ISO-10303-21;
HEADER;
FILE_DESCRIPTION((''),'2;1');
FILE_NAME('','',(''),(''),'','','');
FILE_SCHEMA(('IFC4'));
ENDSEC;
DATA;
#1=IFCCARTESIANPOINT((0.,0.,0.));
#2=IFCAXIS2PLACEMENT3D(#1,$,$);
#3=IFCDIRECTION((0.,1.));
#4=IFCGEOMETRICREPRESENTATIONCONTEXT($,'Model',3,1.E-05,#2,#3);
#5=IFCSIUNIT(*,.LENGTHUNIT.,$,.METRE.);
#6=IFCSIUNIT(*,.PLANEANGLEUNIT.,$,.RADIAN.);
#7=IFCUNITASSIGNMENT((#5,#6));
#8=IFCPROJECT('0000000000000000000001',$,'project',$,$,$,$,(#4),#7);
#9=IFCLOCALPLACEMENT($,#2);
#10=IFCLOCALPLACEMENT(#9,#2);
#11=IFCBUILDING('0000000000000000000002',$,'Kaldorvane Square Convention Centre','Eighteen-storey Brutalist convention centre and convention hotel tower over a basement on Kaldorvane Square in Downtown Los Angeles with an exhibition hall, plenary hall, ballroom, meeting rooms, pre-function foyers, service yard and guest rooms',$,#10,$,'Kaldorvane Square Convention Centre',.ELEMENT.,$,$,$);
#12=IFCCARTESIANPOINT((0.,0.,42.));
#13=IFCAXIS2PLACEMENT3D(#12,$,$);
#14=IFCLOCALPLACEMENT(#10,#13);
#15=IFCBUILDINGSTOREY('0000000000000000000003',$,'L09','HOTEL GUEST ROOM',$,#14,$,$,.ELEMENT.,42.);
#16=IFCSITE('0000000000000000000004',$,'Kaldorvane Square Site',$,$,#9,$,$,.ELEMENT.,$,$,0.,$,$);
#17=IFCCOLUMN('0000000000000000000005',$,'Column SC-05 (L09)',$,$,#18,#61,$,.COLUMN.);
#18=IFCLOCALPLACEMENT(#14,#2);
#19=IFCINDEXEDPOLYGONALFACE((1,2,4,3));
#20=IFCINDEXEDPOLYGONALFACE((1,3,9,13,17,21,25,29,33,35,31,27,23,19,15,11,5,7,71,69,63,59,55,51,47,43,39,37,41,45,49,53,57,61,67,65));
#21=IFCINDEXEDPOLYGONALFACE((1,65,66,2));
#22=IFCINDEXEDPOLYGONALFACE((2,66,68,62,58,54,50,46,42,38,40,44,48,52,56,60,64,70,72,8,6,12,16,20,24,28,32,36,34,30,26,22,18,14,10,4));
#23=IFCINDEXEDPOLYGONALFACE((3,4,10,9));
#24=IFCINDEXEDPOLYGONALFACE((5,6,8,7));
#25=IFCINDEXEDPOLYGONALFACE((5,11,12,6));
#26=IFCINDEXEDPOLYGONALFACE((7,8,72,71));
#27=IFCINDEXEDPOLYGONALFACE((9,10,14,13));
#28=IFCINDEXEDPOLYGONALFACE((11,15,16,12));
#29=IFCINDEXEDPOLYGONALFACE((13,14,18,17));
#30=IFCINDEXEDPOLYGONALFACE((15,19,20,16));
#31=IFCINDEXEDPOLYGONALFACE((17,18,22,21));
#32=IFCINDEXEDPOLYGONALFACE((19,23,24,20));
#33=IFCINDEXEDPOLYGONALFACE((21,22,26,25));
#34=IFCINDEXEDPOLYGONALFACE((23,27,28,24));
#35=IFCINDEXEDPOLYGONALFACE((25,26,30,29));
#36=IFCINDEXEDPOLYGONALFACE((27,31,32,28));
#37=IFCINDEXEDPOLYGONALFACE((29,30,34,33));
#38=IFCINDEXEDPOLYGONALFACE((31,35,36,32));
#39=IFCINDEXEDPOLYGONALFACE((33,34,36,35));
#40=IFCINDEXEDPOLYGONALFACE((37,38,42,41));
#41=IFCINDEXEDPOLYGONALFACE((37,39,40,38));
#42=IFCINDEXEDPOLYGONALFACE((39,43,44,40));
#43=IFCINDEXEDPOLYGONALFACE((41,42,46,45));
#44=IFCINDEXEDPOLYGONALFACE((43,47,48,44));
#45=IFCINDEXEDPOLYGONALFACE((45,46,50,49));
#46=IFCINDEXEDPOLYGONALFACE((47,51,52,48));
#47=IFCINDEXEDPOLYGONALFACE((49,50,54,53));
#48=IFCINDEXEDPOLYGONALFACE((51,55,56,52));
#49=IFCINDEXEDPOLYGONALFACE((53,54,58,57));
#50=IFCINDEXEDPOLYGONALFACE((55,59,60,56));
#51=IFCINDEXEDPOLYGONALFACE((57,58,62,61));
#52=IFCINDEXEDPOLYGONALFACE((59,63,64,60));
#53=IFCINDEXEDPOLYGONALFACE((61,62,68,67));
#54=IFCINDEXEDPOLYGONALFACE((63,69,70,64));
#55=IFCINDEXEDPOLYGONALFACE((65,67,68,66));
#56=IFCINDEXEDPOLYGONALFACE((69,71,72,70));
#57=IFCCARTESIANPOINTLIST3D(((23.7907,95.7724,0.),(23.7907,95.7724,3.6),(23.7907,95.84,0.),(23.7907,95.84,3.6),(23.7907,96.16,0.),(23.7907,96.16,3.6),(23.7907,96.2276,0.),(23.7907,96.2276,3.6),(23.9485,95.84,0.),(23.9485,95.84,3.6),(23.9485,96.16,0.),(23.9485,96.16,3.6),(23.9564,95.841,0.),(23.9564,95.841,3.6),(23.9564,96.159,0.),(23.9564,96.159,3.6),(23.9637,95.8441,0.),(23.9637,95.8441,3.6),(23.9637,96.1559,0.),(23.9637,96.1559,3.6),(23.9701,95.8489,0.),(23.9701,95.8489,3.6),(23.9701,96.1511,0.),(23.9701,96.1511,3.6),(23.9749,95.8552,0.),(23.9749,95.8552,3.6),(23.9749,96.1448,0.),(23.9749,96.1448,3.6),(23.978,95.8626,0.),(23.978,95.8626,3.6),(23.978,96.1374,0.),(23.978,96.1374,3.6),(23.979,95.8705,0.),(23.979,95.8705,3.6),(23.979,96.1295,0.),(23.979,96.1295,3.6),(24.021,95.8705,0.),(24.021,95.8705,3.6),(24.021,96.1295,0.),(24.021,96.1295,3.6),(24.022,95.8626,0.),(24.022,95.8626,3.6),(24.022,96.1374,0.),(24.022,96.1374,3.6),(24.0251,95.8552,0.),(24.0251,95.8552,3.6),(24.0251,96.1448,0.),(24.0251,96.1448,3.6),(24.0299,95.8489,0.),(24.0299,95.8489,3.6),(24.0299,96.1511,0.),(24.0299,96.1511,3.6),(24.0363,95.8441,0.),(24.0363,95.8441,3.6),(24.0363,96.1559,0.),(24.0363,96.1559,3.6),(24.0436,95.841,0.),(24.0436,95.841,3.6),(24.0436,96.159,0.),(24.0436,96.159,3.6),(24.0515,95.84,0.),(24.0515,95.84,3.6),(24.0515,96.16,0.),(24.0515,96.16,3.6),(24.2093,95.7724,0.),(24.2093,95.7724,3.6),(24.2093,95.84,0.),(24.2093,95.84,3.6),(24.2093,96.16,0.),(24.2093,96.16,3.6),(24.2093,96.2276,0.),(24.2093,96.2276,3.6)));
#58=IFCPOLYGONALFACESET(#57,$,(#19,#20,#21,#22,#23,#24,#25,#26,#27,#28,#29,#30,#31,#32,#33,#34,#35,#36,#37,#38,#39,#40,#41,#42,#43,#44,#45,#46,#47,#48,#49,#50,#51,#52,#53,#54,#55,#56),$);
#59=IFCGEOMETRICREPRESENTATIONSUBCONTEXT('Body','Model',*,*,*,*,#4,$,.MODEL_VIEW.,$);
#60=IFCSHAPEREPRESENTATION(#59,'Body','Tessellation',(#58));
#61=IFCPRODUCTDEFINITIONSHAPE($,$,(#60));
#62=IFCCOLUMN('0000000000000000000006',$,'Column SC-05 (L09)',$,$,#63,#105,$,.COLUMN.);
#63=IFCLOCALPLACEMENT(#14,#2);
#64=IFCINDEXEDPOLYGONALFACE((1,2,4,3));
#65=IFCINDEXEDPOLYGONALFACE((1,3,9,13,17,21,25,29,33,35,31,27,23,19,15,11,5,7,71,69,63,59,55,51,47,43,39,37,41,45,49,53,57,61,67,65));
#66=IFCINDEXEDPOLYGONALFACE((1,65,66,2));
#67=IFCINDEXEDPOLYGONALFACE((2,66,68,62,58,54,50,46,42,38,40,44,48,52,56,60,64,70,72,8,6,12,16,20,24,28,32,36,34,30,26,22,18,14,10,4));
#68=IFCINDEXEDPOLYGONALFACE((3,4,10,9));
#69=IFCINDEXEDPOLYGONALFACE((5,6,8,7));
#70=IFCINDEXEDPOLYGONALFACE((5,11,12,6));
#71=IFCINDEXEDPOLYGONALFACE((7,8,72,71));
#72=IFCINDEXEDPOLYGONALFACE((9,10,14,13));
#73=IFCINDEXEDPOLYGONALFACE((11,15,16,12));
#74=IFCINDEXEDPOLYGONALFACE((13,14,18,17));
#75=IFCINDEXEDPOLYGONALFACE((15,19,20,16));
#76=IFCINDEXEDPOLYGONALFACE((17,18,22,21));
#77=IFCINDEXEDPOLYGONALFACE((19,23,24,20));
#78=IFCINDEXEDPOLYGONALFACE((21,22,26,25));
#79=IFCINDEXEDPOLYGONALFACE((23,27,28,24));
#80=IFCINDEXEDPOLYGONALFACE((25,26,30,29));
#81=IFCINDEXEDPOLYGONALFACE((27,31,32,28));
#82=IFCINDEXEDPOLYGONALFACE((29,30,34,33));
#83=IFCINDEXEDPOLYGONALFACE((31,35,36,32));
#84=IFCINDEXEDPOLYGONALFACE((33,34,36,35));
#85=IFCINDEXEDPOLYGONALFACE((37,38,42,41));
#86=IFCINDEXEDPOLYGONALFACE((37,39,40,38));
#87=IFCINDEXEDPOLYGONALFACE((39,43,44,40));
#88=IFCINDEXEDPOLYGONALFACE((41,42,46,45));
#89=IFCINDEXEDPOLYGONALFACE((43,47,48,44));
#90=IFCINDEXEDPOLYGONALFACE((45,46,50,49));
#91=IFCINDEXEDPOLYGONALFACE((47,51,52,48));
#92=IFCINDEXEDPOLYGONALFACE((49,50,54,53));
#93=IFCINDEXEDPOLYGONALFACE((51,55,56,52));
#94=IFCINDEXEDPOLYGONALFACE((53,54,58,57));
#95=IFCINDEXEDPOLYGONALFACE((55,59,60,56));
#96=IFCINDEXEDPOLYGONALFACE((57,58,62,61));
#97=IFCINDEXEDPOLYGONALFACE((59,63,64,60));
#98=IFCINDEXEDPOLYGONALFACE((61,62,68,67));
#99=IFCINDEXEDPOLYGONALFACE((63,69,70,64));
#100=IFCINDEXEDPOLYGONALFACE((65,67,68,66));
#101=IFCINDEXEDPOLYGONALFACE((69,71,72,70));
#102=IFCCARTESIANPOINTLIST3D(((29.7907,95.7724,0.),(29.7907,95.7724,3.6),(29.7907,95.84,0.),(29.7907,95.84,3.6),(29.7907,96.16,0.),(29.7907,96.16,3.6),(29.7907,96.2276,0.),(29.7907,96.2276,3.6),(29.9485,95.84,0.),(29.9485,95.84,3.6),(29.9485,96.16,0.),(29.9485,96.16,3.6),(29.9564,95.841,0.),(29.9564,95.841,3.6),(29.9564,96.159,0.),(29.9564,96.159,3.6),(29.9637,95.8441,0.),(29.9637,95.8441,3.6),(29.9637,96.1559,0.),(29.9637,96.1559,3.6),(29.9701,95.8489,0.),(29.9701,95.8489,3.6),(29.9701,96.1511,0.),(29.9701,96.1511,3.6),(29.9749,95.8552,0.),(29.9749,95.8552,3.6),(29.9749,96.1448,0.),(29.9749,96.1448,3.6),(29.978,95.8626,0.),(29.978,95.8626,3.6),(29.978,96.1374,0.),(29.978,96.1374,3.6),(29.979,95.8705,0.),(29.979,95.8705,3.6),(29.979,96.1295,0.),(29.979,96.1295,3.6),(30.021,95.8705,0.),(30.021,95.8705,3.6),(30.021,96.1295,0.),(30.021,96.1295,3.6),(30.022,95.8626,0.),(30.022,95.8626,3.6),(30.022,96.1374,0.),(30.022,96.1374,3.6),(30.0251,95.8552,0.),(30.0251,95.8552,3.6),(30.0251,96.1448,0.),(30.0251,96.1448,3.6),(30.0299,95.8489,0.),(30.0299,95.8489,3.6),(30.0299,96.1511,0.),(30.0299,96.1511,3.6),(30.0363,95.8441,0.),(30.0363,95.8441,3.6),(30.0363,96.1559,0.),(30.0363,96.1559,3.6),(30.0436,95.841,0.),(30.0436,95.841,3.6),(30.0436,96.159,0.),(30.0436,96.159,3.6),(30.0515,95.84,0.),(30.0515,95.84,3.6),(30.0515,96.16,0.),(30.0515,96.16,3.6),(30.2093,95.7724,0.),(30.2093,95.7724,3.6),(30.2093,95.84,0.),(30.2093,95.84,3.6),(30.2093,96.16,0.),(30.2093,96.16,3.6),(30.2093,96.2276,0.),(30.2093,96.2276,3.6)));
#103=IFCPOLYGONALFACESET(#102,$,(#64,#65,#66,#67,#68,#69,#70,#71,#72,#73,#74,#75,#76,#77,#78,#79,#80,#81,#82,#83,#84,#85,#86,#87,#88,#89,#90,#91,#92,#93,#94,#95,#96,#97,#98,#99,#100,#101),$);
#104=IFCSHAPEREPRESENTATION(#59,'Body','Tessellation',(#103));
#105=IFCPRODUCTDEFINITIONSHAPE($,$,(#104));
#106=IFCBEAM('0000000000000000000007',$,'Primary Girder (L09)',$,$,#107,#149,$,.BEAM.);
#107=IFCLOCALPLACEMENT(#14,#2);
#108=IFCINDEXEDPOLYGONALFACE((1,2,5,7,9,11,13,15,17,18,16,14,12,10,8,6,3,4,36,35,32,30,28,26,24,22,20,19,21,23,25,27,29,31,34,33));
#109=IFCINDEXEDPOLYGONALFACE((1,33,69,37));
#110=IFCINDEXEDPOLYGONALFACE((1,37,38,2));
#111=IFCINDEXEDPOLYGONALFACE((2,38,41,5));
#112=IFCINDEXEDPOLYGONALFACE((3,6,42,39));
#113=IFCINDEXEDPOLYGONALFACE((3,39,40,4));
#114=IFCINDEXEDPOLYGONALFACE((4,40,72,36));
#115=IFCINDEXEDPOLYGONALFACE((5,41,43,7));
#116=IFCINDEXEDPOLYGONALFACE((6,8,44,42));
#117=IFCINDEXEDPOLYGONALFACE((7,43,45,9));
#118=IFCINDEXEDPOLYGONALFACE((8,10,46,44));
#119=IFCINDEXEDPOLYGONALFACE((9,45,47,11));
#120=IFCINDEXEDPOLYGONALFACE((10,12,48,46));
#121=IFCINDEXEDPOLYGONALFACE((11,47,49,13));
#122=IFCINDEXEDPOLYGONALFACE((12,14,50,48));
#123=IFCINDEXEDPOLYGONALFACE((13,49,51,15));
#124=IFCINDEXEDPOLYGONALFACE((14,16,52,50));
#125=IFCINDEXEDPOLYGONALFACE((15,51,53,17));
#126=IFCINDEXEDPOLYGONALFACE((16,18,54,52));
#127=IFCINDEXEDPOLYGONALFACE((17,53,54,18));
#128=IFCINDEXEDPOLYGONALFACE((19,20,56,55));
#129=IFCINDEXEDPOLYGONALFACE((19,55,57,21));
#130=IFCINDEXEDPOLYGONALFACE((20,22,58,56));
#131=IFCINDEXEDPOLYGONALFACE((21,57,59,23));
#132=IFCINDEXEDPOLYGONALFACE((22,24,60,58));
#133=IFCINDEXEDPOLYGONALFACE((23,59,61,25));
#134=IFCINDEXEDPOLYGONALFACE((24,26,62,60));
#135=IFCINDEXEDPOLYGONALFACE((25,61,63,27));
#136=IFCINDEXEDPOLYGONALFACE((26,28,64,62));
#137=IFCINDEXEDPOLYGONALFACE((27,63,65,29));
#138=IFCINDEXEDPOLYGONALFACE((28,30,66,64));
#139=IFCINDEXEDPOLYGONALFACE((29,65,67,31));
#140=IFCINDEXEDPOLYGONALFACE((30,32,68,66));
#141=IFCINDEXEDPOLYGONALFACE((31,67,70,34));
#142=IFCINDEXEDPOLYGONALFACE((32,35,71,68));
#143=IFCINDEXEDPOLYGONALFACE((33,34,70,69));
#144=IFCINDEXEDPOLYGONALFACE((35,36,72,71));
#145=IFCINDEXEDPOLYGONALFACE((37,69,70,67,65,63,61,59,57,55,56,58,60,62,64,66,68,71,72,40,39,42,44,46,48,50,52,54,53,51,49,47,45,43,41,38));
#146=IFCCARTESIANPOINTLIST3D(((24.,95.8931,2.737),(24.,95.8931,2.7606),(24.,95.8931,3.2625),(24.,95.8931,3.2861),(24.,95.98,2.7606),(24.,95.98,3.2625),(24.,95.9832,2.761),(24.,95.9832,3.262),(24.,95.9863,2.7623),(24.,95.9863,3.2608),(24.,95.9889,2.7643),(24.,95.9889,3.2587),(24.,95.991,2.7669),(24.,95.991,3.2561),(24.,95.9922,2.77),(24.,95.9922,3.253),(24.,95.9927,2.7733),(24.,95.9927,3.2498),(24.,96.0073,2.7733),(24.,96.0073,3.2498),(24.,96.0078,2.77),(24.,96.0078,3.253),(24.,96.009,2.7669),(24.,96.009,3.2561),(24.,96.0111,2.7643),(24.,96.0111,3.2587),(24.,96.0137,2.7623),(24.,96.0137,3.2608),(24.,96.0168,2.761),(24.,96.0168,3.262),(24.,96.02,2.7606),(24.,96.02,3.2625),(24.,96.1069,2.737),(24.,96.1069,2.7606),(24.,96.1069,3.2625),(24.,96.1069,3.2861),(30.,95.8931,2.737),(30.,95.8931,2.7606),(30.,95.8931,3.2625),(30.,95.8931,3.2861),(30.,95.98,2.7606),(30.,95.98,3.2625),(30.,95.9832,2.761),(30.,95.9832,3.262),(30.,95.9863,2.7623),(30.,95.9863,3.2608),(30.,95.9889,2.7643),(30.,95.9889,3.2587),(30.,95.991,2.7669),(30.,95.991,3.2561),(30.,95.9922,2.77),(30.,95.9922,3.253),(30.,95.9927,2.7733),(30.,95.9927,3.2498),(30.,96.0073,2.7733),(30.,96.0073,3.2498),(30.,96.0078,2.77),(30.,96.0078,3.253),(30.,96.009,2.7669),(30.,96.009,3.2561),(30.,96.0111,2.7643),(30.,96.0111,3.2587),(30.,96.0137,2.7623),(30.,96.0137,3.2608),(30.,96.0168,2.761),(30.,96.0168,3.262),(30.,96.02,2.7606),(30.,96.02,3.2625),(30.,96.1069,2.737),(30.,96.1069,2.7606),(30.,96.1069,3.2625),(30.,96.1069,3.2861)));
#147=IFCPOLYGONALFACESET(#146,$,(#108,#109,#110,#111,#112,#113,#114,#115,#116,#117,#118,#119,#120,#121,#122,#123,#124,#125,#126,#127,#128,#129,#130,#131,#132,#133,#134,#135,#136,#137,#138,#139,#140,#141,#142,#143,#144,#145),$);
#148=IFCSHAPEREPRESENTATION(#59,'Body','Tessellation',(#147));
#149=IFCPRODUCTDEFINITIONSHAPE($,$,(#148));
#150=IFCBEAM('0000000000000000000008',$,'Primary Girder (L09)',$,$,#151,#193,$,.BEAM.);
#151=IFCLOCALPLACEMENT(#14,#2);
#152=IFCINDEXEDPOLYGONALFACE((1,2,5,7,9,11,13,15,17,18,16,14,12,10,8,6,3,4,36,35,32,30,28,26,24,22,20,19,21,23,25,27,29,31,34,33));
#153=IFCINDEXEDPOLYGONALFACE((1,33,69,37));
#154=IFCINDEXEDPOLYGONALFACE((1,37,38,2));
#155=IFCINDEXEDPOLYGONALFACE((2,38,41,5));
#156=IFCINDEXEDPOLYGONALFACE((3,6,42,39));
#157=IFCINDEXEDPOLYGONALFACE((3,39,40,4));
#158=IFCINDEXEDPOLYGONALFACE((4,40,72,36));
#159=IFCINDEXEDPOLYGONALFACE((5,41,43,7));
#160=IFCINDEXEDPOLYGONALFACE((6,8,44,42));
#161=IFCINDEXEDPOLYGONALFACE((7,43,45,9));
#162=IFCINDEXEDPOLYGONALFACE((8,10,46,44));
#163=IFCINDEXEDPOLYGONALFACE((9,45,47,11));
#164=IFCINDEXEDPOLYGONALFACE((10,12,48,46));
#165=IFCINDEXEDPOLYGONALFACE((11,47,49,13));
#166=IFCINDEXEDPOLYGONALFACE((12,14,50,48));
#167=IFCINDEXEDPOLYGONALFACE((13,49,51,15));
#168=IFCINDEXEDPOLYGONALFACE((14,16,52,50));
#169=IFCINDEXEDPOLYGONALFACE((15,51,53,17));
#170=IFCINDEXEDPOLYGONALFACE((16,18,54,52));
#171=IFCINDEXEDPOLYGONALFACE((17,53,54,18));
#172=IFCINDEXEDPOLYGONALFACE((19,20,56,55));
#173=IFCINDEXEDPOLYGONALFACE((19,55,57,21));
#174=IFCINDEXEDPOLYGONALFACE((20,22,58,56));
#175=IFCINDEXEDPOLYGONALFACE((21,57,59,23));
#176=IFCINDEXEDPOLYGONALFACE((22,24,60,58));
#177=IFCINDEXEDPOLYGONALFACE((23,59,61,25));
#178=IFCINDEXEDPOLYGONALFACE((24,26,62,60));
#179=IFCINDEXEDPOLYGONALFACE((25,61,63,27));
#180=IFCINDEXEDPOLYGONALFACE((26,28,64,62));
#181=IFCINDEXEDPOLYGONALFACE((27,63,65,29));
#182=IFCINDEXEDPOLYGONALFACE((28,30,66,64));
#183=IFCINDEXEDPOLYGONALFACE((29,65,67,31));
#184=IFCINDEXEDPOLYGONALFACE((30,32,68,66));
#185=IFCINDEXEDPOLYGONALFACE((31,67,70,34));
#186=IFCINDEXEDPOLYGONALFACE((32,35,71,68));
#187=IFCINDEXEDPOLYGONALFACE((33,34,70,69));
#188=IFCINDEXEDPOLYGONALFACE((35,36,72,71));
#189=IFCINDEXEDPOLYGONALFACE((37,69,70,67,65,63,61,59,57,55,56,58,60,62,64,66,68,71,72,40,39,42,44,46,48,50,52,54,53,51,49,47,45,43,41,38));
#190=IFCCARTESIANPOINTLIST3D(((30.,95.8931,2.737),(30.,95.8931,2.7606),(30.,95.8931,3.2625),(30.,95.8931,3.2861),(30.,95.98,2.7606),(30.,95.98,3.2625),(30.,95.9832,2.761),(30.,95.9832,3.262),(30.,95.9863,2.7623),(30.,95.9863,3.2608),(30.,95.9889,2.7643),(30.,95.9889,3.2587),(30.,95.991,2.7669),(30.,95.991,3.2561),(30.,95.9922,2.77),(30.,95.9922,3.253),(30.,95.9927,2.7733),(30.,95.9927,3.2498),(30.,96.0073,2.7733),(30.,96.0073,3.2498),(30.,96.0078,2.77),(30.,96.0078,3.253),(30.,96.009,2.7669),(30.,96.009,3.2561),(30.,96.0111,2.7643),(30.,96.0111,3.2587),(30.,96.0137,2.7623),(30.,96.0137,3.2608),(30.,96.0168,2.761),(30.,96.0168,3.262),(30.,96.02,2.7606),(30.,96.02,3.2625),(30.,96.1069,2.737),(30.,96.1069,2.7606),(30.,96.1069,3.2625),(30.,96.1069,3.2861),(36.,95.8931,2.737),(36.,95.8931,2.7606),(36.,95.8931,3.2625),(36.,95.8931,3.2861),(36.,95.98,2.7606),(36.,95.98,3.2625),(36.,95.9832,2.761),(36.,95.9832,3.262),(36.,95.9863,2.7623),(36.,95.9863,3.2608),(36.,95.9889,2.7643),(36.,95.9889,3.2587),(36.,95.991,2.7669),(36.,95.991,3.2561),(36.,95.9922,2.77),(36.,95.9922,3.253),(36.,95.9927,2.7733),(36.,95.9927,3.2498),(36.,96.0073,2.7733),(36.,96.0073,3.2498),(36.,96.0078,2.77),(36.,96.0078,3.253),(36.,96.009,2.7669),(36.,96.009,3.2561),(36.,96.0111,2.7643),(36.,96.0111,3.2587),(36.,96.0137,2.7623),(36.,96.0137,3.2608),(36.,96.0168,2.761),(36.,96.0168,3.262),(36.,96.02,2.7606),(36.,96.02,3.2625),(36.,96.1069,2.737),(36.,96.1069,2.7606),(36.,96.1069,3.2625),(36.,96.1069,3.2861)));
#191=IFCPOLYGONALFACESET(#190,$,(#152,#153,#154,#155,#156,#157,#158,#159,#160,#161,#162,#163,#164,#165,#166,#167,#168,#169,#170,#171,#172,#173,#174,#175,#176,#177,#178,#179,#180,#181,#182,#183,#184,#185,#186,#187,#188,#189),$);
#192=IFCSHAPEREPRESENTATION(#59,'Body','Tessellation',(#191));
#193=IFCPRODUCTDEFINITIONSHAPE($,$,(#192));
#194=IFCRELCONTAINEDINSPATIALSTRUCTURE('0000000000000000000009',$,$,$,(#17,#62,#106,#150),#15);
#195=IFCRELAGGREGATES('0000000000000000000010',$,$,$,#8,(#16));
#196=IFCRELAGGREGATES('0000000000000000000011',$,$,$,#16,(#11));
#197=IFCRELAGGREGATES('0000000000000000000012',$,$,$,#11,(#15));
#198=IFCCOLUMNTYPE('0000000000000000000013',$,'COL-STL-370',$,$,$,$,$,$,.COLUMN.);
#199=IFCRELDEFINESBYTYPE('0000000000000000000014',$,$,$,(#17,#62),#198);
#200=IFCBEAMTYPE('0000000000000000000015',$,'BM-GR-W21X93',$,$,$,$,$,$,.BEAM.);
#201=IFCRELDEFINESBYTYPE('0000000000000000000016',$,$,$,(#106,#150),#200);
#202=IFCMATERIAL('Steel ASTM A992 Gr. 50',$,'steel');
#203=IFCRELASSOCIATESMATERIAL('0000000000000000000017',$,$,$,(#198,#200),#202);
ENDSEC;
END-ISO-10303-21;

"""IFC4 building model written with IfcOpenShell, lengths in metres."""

from ifc_helpers import new_model, si_unit, direction, frame, origin, origin_2d, place, context, subcontext, project, spatial, i_section, extrude, material, material_profile, profile_set, type_object, element, save


model = new_model("IFC4")

# Units and contexts
model_context = context("Model", 3, precision=1e-05, world=origin(), true_north=direction((0.0, 1.0)))
body_context = subcontext(model_context, "Body", "Model", "MODEL_VIEW")
ifc_project = project(units=[si_unit("LENGTHUNIT", "METRE"), si_unit("PLANEANGLEUNIT", "RADIAN")], contexts=[model_context])

# Site, building, storey
site_placement = place(None, origin())
site = spatial("IfcSite", under=ifc_project, at=site_placement, Name="Kaldorvane Square Site", CompositionType="ELEMENT", RefElevation=0.0)
building_placement = place(site_placement, origin())
building = spatial("IfcBuilding", under=site, at=building_placement, Name="Kaldorvane Square Convention Centre", Description="Eighteen-storey Brutalist convention centre and convention hotel tower over a basement on Kaldorvane Square in Downtown Los Angeles with an exhibition hall, plenary hall, ballroom, meeting rooms, pre-function foyers, service yard and guest rooms", LongName="Kaldorvane Square Convention Centre", CompositionType="ELEMENT")
storey_placement = place(building_placement, frame((0.0, 0.0, 42.0)))
storey = spatial("IfcBuildingStorey", under=building, at=storey_placement, Name="L09", Description="HOTEL GUEST ROOM", CompositionType="ELEMENT", Elevation=42.0)

# Columns
ifc_material_1 = material(Name="Steel ASTM A992 Gr. 50", Category="steel")
ifc_material_profile_1 = material_profile(ifc_material_1, i_section(OverallWidth=0.4185, OverallDepth=0.4552, WebThickness=0.042, FlangeThickness=0.0676, FilletRadius=0.0305, at=origin_2d()), Name="W14X370")
ifc_profile_set_1 = profile_set([ifc_material_profile_1], Name="Steel ASTM A992 Gr. 50")
column_type = type_object("IfcColumnType", Name="COL-STL-370", PredefinedType="COLUMN", material=ifc_profile_set_1)
for number, where, z_axis, x_axis, name in (
    (1, (24.0, 96.0, 0.0), (0.0, 0.0, 1.0), (1.0, 0.0, 0.0), "Column SC-05 (L09)"),
    (2, (30.0, 96.0, 0.0), (0.0, 0.0, 1.0), (1.0, 0.0, 0.0), "Column SC-05 (L09)"),
):
    element("IfcColumn", number, at=place(storey_placement, frame(where, z_axis=z_axis, x_axis=x_axis)), inside=storey, type_object=column_type, Name=name, PredefinedType="COLUMN", context=body_context, shape_type="SweptSolid", body=[
        extrude(i_section(OverallWidth=0.4185, OverallDepth=0.4552, WebThickness=0.042, FlangeThickness=0.0676, FilletRadius=0.0305, at=origin_2d()), origin(), (0.0, 0.0, 1.0), 3.6),
    ])

# Beams
ifc_material_profile_2 = material_profile(ifc_material_1, i_section(OverallWidth=0.2139, OverallDepth=0.5491, WebThickness=0.0147, FlangeThickness=0.0236, FilletRadius=0.0127, at=origin_2d()), Name="W21X93")
ifc_profile_set_2 = profile_set([ifc_material_profile_2], Name="Steel ASTM A992 Gr. 50")
beam_type_1 = type_object("IfcBeamType", Name="BM-GR-W21X93", PredefinedType="BEAM", material=ifc_profile_set_2)
for number, where, z_axis, x_axis, name in (
    (3, (24.0, 96.0, 3.0115), (1.0, 0.0, 0.0), (0.0, 1.0, 0.0), "Primary Girder (L09)"),
    (4, (30.0, 96.0, 3.0115), (1.0, 0.0, 0.0), (0.0, 1.0, 0.0), "Primary Girder (L09)"),
):
    element("IfcBeam", number, at=place(storey_placement, frame(where, z_axis=z_axis, x_axis=x_axis)), inside=storey, type_object=beam_type_1, Name=name, PredefinedType="BEAM", context=body_context, shape_type="SweptSolid", body=[
        extrude(i_section(OverallWidth=0.2139, OverallDepth=0.5491, WebThickness=0.0147, FlangeThickness=0.0236, FilletRadius=0.0127, at=origin_2d()), origin(), (0.0, 0.0, 1.0), 6.0),
    ])

save(model, "model.ifc")
